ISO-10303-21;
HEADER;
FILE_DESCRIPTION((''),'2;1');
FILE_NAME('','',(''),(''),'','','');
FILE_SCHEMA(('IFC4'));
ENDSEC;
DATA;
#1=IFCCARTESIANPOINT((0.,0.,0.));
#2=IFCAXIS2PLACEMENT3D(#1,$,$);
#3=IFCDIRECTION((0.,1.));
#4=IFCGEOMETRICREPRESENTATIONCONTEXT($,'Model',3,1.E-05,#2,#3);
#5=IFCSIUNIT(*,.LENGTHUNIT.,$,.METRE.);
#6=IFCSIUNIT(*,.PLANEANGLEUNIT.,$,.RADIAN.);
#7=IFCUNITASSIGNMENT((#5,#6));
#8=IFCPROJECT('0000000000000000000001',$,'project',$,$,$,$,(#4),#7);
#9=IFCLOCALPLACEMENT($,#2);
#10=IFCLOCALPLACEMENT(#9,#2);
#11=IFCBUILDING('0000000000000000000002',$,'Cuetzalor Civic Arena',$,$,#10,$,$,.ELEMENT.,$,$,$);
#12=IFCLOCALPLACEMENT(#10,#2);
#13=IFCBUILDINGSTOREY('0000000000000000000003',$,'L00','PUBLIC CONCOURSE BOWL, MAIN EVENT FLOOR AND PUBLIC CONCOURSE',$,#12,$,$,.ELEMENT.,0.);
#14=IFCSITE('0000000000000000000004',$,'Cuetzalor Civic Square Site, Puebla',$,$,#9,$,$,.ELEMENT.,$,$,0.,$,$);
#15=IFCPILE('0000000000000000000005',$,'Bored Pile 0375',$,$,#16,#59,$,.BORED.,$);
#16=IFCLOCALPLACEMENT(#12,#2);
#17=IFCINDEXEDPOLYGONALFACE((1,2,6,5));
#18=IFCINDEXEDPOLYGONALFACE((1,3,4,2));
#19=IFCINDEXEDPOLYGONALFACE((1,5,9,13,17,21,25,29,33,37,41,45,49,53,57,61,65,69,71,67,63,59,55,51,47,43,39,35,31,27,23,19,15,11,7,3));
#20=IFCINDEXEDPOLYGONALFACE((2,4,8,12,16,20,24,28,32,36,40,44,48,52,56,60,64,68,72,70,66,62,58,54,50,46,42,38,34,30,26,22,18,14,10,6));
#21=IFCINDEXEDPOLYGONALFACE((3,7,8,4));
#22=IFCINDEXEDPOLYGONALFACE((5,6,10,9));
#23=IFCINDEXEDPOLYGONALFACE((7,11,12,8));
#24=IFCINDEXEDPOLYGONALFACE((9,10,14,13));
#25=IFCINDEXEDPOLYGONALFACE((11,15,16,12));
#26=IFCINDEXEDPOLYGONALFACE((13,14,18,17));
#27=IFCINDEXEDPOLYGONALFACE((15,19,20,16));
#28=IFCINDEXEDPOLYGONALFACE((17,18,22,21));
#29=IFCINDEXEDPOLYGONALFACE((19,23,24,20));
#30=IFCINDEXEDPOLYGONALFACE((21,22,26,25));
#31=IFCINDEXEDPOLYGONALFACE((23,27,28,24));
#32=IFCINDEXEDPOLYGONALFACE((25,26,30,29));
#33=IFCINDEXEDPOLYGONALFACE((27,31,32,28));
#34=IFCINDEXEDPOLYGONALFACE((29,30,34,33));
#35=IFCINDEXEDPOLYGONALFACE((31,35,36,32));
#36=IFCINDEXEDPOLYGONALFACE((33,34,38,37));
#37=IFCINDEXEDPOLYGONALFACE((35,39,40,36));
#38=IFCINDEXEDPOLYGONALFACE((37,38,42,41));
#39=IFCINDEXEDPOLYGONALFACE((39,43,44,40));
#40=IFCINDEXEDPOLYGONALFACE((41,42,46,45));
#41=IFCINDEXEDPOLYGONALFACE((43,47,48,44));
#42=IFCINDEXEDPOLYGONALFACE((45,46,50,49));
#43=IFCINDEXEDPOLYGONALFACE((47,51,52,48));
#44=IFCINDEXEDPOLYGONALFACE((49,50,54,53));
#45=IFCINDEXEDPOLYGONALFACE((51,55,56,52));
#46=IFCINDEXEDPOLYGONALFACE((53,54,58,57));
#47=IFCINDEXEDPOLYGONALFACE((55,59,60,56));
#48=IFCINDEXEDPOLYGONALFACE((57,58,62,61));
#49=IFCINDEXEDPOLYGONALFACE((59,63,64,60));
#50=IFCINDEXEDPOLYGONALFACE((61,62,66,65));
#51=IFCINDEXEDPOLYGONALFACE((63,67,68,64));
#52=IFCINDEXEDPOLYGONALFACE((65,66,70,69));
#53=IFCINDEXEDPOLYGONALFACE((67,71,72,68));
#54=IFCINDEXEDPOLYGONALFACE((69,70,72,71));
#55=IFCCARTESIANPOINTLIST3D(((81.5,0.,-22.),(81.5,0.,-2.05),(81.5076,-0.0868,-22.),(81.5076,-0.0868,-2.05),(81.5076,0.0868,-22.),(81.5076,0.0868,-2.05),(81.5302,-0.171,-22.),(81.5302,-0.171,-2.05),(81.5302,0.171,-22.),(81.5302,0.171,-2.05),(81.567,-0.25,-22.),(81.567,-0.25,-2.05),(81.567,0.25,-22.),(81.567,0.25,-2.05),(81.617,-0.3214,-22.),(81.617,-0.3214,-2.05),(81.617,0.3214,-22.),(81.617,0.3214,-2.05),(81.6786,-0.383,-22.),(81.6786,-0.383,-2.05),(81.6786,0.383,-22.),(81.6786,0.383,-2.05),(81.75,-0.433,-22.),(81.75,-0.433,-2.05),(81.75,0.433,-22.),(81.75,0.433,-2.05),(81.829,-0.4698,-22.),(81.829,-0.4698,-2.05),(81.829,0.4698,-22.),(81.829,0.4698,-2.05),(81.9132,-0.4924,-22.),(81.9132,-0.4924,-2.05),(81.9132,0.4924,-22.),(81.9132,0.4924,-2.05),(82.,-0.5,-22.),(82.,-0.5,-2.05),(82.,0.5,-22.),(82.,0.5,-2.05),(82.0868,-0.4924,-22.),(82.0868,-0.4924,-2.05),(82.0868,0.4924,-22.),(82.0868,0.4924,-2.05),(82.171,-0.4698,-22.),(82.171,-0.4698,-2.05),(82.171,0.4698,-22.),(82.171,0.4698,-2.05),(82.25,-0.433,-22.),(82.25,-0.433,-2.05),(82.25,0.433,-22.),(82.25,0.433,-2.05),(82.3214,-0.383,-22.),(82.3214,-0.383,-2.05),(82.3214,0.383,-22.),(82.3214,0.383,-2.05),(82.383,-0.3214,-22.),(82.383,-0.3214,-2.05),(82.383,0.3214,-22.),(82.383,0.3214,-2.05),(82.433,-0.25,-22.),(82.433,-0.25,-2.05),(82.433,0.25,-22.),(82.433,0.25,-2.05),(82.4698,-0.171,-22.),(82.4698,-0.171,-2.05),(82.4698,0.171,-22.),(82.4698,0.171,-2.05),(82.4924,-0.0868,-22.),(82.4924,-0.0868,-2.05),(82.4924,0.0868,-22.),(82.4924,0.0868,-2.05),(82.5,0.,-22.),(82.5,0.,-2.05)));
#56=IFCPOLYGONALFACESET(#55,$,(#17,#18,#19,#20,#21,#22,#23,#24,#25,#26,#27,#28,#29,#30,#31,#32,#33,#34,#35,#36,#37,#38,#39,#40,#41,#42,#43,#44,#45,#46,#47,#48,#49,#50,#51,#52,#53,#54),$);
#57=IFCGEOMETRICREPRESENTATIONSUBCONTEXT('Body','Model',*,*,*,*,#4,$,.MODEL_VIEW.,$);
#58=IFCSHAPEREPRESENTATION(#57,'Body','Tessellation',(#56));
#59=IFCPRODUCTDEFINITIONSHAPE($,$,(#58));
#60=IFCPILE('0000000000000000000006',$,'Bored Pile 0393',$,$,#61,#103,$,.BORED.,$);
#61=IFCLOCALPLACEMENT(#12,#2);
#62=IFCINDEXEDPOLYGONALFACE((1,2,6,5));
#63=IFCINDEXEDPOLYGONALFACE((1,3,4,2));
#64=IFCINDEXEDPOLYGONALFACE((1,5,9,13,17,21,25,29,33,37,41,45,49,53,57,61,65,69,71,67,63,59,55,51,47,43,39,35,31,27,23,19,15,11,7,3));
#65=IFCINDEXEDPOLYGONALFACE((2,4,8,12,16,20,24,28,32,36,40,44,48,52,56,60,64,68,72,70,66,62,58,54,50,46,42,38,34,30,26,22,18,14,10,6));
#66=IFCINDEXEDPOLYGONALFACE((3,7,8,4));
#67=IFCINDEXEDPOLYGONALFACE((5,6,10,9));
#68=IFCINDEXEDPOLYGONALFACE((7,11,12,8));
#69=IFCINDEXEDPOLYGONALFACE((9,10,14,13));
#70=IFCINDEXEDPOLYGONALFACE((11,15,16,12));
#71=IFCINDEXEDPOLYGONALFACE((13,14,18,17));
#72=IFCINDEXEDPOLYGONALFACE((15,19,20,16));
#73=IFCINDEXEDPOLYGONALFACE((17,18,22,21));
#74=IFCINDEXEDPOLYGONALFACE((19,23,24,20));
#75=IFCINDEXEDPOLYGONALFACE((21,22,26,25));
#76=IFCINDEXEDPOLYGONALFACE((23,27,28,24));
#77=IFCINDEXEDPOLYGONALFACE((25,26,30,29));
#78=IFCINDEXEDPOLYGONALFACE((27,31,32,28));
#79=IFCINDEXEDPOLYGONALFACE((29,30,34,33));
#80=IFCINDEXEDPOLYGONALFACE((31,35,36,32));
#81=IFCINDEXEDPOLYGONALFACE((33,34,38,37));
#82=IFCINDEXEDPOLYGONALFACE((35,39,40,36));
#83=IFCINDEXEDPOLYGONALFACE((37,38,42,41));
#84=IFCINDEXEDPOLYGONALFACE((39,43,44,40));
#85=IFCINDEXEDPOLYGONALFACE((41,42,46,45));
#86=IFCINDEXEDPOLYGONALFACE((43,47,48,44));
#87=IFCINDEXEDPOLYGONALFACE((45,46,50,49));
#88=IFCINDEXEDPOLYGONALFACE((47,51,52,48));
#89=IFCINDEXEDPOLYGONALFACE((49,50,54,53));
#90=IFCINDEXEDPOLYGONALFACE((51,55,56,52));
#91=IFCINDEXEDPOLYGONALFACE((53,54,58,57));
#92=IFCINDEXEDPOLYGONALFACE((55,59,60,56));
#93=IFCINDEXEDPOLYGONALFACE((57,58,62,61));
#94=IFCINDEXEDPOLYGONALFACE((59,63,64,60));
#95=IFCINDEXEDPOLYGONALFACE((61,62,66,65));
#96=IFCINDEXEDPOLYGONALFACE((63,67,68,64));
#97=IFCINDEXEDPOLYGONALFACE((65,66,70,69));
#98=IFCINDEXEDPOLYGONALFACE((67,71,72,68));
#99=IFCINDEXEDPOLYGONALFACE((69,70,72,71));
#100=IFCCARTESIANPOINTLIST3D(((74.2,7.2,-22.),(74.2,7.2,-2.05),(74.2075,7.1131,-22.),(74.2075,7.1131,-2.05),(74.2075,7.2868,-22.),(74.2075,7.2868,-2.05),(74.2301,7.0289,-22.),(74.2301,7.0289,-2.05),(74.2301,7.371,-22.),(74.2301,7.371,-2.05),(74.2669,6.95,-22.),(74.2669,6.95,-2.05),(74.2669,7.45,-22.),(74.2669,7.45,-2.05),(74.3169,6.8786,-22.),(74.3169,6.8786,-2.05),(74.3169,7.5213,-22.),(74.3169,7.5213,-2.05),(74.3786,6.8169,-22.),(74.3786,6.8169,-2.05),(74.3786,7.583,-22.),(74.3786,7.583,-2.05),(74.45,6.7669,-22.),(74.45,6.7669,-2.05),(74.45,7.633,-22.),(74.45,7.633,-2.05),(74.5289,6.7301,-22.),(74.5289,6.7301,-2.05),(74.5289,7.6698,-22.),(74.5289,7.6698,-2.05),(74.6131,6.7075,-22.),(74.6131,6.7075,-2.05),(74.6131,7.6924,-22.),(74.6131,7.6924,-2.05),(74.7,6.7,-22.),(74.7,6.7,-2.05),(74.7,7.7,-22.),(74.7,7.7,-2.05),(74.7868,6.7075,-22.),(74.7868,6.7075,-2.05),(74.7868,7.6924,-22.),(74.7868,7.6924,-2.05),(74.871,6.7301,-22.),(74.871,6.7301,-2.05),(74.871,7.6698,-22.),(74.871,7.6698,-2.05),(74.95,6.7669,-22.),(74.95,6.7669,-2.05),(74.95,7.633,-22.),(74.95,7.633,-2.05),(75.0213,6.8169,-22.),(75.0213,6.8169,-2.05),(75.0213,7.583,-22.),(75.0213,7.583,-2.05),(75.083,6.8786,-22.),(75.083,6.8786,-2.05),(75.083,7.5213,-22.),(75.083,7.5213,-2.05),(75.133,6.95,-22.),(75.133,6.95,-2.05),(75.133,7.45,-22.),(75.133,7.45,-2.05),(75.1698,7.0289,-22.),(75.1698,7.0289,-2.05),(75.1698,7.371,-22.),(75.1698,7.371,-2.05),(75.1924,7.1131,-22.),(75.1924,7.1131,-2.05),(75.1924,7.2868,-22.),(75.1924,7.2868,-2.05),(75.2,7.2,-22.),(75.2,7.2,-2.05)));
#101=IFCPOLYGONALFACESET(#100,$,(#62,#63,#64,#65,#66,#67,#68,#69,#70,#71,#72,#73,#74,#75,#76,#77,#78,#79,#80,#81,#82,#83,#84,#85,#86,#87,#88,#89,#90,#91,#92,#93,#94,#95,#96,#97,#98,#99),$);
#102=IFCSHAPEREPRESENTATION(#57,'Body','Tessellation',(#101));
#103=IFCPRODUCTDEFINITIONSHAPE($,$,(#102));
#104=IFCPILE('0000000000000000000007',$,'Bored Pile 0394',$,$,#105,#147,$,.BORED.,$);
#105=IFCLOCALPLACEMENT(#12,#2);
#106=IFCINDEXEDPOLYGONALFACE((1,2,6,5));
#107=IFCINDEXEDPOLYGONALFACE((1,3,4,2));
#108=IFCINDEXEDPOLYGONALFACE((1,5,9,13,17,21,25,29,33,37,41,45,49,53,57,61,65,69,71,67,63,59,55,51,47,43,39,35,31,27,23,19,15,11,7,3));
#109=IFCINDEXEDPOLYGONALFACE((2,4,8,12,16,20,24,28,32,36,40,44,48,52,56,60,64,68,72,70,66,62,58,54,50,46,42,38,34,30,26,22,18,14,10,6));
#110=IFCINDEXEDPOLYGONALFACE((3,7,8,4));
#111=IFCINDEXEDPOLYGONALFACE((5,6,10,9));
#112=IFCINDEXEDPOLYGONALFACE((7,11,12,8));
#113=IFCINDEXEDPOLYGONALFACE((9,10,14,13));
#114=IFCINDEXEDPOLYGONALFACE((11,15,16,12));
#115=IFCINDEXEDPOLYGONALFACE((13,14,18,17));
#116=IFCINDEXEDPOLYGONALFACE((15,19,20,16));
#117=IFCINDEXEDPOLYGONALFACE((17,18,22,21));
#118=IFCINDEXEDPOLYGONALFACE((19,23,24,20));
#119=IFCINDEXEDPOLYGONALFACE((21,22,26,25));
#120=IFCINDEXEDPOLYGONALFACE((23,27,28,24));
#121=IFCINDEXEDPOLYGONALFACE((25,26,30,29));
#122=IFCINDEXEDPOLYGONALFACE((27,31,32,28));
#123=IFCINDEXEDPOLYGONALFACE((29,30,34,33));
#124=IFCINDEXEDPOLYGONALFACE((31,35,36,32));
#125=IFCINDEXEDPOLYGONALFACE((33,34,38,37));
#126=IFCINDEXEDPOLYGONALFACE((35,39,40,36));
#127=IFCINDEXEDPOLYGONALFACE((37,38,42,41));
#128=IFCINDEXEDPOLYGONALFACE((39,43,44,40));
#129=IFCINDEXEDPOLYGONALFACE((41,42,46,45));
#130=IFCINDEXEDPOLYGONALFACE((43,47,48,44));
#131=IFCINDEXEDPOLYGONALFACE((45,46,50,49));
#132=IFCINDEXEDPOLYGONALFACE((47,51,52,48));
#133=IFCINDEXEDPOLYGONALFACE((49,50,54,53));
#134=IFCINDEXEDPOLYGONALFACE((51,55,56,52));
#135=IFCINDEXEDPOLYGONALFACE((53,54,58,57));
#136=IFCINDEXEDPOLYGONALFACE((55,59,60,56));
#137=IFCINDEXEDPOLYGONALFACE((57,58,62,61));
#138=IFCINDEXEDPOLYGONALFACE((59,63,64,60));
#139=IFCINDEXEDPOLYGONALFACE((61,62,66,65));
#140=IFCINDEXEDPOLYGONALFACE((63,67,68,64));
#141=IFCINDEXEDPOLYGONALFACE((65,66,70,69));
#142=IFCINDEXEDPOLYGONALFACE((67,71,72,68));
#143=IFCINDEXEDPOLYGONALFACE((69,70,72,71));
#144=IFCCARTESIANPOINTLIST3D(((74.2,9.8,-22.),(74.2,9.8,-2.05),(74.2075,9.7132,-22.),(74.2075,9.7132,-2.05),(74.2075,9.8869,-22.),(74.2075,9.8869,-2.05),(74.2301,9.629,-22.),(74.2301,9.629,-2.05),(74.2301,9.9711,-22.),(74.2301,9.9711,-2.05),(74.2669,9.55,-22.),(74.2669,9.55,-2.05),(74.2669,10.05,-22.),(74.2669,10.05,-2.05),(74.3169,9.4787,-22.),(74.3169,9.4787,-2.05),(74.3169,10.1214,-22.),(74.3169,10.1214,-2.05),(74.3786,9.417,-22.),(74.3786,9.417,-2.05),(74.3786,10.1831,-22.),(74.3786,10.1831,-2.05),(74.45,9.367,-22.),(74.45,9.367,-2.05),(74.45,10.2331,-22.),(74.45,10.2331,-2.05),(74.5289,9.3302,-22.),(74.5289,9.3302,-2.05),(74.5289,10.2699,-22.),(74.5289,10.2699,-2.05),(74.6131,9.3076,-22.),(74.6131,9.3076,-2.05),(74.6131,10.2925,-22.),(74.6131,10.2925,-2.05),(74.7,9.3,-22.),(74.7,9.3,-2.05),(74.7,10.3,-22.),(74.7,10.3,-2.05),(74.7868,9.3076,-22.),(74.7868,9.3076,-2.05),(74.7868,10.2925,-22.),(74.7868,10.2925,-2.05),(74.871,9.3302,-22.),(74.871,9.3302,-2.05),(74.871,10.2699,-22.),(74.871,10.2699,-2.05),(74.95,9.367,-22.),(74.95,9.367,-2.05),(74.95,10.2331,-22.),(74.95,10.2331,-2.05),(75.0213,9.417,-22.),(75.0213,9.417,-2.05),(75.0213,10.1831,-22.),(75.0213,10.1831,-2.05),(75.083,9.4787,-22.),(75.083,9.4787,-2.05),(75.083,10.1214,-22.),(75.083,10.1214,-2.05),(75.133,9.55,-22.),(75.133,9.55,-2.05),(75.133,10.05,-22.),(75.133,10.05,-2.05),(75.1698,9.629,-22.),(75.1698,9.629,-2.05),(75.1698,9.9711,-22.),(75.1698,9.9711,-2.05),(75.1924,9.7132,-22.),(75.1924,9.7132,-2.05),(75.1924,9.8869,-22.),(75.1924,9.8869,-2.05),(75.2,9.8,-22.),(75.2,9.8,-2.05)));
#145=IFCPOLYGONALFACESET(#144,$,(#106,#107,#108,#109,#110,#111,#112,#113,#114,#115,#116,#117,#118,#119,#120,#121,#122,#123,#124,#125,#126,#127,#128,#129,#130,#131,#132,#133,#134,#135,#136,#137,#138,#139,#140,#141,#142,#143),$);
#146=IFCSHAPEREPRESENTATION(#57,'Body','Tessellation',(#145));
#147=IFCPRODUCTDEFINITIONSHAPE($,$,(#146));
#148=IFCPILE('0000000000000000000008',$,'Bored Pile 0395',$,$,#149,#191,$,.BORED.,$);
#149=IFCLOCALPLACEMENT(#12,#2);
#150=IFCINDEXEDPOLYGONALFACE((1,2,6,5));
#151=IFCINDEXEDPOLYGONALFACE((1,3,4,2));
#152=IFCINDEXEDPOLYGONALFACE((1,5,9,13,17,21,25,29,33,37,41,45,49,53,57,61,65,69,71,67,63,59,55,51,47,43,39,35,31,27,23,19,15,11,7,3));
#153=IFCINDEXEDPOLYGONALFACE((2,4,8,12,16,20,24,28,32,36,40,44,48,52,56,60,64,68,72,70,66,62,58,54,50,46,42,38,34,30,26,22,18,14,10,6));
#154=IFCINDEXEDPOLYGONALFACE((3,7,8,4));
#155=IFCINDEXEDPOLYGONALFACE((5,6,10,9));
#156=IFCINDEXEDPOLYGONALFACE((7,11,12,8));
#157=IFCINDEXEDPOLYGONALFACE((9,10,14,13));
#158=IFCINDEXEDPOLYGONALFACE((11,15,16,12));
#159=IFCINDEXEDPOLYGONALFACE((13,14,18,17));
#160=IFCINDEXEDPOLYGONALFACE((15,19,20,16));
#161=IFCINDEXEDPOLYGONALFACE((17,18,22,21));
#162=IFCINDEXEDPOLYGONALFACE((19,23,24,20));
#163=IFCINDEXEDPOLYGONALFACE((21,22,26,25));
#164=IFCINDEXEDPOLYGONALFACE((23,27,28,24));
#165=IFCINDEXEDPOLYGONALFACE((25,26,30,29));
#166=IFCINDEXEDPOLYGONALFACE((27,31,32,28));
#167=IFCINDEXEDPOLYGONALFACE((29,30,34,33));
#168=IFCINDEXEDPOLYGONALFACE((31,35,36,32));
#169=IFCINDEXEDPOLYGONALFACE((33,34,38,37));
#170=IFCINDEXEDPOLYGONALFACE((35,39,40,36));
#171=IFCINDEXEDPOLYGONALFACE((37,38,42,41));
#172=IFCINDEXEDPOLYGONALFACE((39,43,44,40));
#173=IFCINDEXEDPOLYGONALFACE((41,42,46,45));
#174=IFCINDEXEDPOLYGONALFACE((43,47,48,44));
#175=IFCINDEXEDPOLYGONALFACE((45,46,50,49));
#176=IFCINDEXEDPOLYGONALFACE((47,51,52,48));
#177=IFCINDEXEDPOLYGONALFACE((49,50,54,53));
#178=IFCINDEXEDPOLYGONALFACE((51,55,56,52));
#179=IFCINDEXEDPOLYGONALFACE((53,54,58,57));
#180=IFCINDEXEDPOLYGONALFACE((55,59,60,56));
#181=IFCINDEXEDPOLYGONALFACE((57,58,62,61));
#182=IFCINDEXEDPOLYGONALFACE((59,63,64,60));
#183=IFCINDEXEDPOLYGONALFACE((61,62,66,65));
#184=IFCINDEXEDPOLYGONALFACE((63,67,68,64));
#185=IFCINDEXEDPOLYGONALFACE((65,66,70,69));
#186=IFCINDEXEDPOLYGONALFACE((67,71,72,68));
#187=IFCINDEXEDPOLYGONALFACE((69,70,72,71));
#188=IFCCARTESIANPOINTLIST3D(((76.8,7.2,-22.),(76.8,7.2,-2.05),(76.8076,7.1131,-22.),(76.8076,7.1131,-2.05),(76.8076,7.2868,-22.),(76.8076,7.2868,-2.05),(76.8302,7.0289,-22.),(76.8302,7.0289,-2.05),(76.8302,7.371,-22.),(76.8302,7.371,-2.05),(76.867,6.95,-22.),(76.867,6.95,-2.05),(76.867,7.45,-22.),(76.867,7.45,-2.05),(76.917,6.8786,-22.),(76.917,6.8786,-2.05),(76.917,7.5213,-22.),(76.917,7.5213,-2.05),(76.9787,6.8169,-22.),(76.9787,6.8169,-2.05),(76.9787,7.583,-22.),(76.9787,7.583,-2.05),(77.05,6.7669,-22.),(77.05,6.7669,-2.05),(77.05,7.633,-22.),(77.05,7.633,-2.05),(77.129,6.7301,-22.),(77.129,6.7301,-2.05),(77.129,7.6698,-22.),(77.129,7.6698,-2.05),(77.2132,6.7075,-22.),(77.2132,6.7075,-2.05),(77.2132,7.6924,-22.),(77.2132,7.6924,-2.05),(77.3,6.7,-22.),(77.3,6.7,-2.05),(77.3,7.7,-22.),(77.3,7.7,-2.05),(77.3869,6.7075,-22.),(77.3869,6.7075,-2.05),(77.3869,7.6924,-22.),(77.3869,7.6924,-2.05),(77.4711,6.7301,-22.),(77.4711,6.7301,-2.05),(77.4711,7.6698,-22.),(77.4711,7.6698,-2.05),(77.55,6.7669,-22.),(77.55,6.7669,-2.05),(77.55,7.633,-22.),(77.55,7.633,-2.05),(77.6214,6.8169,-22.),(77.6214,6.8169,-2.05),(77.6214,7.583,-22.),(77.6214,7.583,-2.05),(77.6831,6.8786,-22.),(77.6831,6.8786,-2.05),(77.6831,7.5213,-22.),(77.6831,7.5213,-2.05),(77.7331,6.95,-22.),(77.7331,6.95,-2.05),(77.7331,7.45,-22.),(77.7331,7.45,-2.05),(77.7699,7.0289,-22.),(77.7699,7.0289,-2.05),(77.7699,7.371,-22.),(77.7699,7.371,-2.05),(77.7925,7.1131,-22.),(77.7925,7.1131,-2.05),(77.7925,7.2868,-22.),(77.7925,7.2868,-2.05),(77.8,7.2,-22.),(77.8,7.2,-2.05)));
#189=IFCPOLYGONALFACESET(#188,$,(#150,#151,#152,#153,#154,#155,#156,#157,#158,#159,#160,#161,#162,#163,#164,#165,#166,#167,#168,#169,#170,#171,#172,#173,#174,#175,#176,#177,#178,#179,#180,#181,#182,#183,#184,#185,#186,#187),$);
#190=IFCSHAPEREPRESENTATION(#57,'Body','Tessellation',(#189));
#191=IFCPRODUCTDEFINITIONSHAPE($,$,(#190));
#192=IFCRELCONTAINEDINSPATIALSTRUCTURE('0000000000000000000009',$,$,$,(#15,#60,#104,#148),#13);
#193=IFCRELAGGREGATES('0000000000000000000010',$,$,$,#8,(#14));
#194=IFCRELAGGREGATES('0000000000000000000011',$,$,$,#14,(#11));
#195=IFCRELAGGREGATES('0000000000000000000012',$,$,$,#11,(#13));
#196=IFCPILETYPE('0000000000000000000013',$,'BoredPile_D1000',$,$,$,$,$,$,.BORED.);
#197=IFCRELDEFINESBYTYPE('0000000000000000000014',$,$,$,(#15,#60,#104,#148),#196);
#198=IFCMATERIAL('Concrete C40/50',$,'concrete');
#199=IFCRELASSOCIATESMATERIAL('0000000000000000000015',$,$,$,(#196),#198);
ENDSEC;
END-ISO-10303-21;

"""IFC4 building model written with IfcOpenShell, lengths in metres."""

from ifc_helpers import new_model, si_unit, direction, frame, origin, origin_2d, place, context, subcontext, project, spatial, circle, extrude, material, material_profile, profile_set, type_object, element, save


model = new_model("IFC4")

# Units and contexts
model_context = context("Model", 3, precision=1e-05, world=origin(), true_north=direction((0.0, 1.0)))
body_context = subcontext(model_context, "Body", "Model", "MODEL_VIEW")
ifc_project = project(units=[si_unit("LENGTHUNIT", "METRE"), si_unit("PLANEANGLEUNIT", "RADIAN")], contexts=[model_context])

# Site, building, storey
site_placement = place(None, origin())
site = spatial("IfcSite", under=ifc_project, at=site_placement, Name="Cuetzalor Civic Square Site, Puebla", CompositionType="ELEMENT", RefElevation=0.0)
building_placement = place(site_placement, origin())
building = spatial("IfcBuilding", under=site, at=building_placement, Name="Cuetzalor Civic Arena", CompositionType="ELEMENT")
storey_placement = place(building_placement, origin())
storey = spatial("IfcBuildingStorey", under=building, at=storey_placement, Name="L00", Description="PUBLIC CONCOURSE BOWL, MAIN EVENT FLOOR AND PUBLIC CONCOURSE", CompositionType="ELEMENT", Elevation=0.0)

# Piles
ifc_material_1 = material(Name="Concrete C40/50", Category="concrete")
ifc_material_profile_1 = material_profile(ifc_material_1, circle(Radius=0.5, at=origin_2d()), Name="BORED PILE D1000")
ifc_profile_set_1 = profile_set([ifc_material_profile_1], Name="Concrete C40/50")
pile_type = type_object("IfcPileType", Name="BoredPile_D1000", PredefinedType="BORED", material=ifc_profile_set_1)
for number, where, z_axis, x_axis, name in (
    (1, (82.0, 0.0, -2.05), (0.0, 0.0, -1.0), (1.0, 0.0, 0.0), "Bored Pile 0375"),
    (2, (74.7, 7.2, -2.05), (0.0, 0.0, -1.0), (1.0, 0.0, 0.0), "Bored Pile 0393"),
    (3, (74.7, 9.8, -2.05), (0.0, 0.0, -1.0), (1.0, 0.0, 0.0), "Bored Pile 0394"),
    (4, (77.3, 7.2, -2.05), (0.0, 0.0, -1.0), (1.0, 0.0, 0.0), "Bored Pile 0395"),
):
    element("IfcPile", number, at=place(storey_placement, frame(where, z_axis=z_axis, x_axis=x_axis)), inside=storey, type_object=pile_type, Name=name, PredefinedType="BORED", context=body_context, shape_type="SweptSolid", body=[
        extrude(circle(Radius=0.5, at=origin_2d()), origin(), (0.0, 0.0, 1.0), 19.95),
    ])

save(model, "model.ifc")
